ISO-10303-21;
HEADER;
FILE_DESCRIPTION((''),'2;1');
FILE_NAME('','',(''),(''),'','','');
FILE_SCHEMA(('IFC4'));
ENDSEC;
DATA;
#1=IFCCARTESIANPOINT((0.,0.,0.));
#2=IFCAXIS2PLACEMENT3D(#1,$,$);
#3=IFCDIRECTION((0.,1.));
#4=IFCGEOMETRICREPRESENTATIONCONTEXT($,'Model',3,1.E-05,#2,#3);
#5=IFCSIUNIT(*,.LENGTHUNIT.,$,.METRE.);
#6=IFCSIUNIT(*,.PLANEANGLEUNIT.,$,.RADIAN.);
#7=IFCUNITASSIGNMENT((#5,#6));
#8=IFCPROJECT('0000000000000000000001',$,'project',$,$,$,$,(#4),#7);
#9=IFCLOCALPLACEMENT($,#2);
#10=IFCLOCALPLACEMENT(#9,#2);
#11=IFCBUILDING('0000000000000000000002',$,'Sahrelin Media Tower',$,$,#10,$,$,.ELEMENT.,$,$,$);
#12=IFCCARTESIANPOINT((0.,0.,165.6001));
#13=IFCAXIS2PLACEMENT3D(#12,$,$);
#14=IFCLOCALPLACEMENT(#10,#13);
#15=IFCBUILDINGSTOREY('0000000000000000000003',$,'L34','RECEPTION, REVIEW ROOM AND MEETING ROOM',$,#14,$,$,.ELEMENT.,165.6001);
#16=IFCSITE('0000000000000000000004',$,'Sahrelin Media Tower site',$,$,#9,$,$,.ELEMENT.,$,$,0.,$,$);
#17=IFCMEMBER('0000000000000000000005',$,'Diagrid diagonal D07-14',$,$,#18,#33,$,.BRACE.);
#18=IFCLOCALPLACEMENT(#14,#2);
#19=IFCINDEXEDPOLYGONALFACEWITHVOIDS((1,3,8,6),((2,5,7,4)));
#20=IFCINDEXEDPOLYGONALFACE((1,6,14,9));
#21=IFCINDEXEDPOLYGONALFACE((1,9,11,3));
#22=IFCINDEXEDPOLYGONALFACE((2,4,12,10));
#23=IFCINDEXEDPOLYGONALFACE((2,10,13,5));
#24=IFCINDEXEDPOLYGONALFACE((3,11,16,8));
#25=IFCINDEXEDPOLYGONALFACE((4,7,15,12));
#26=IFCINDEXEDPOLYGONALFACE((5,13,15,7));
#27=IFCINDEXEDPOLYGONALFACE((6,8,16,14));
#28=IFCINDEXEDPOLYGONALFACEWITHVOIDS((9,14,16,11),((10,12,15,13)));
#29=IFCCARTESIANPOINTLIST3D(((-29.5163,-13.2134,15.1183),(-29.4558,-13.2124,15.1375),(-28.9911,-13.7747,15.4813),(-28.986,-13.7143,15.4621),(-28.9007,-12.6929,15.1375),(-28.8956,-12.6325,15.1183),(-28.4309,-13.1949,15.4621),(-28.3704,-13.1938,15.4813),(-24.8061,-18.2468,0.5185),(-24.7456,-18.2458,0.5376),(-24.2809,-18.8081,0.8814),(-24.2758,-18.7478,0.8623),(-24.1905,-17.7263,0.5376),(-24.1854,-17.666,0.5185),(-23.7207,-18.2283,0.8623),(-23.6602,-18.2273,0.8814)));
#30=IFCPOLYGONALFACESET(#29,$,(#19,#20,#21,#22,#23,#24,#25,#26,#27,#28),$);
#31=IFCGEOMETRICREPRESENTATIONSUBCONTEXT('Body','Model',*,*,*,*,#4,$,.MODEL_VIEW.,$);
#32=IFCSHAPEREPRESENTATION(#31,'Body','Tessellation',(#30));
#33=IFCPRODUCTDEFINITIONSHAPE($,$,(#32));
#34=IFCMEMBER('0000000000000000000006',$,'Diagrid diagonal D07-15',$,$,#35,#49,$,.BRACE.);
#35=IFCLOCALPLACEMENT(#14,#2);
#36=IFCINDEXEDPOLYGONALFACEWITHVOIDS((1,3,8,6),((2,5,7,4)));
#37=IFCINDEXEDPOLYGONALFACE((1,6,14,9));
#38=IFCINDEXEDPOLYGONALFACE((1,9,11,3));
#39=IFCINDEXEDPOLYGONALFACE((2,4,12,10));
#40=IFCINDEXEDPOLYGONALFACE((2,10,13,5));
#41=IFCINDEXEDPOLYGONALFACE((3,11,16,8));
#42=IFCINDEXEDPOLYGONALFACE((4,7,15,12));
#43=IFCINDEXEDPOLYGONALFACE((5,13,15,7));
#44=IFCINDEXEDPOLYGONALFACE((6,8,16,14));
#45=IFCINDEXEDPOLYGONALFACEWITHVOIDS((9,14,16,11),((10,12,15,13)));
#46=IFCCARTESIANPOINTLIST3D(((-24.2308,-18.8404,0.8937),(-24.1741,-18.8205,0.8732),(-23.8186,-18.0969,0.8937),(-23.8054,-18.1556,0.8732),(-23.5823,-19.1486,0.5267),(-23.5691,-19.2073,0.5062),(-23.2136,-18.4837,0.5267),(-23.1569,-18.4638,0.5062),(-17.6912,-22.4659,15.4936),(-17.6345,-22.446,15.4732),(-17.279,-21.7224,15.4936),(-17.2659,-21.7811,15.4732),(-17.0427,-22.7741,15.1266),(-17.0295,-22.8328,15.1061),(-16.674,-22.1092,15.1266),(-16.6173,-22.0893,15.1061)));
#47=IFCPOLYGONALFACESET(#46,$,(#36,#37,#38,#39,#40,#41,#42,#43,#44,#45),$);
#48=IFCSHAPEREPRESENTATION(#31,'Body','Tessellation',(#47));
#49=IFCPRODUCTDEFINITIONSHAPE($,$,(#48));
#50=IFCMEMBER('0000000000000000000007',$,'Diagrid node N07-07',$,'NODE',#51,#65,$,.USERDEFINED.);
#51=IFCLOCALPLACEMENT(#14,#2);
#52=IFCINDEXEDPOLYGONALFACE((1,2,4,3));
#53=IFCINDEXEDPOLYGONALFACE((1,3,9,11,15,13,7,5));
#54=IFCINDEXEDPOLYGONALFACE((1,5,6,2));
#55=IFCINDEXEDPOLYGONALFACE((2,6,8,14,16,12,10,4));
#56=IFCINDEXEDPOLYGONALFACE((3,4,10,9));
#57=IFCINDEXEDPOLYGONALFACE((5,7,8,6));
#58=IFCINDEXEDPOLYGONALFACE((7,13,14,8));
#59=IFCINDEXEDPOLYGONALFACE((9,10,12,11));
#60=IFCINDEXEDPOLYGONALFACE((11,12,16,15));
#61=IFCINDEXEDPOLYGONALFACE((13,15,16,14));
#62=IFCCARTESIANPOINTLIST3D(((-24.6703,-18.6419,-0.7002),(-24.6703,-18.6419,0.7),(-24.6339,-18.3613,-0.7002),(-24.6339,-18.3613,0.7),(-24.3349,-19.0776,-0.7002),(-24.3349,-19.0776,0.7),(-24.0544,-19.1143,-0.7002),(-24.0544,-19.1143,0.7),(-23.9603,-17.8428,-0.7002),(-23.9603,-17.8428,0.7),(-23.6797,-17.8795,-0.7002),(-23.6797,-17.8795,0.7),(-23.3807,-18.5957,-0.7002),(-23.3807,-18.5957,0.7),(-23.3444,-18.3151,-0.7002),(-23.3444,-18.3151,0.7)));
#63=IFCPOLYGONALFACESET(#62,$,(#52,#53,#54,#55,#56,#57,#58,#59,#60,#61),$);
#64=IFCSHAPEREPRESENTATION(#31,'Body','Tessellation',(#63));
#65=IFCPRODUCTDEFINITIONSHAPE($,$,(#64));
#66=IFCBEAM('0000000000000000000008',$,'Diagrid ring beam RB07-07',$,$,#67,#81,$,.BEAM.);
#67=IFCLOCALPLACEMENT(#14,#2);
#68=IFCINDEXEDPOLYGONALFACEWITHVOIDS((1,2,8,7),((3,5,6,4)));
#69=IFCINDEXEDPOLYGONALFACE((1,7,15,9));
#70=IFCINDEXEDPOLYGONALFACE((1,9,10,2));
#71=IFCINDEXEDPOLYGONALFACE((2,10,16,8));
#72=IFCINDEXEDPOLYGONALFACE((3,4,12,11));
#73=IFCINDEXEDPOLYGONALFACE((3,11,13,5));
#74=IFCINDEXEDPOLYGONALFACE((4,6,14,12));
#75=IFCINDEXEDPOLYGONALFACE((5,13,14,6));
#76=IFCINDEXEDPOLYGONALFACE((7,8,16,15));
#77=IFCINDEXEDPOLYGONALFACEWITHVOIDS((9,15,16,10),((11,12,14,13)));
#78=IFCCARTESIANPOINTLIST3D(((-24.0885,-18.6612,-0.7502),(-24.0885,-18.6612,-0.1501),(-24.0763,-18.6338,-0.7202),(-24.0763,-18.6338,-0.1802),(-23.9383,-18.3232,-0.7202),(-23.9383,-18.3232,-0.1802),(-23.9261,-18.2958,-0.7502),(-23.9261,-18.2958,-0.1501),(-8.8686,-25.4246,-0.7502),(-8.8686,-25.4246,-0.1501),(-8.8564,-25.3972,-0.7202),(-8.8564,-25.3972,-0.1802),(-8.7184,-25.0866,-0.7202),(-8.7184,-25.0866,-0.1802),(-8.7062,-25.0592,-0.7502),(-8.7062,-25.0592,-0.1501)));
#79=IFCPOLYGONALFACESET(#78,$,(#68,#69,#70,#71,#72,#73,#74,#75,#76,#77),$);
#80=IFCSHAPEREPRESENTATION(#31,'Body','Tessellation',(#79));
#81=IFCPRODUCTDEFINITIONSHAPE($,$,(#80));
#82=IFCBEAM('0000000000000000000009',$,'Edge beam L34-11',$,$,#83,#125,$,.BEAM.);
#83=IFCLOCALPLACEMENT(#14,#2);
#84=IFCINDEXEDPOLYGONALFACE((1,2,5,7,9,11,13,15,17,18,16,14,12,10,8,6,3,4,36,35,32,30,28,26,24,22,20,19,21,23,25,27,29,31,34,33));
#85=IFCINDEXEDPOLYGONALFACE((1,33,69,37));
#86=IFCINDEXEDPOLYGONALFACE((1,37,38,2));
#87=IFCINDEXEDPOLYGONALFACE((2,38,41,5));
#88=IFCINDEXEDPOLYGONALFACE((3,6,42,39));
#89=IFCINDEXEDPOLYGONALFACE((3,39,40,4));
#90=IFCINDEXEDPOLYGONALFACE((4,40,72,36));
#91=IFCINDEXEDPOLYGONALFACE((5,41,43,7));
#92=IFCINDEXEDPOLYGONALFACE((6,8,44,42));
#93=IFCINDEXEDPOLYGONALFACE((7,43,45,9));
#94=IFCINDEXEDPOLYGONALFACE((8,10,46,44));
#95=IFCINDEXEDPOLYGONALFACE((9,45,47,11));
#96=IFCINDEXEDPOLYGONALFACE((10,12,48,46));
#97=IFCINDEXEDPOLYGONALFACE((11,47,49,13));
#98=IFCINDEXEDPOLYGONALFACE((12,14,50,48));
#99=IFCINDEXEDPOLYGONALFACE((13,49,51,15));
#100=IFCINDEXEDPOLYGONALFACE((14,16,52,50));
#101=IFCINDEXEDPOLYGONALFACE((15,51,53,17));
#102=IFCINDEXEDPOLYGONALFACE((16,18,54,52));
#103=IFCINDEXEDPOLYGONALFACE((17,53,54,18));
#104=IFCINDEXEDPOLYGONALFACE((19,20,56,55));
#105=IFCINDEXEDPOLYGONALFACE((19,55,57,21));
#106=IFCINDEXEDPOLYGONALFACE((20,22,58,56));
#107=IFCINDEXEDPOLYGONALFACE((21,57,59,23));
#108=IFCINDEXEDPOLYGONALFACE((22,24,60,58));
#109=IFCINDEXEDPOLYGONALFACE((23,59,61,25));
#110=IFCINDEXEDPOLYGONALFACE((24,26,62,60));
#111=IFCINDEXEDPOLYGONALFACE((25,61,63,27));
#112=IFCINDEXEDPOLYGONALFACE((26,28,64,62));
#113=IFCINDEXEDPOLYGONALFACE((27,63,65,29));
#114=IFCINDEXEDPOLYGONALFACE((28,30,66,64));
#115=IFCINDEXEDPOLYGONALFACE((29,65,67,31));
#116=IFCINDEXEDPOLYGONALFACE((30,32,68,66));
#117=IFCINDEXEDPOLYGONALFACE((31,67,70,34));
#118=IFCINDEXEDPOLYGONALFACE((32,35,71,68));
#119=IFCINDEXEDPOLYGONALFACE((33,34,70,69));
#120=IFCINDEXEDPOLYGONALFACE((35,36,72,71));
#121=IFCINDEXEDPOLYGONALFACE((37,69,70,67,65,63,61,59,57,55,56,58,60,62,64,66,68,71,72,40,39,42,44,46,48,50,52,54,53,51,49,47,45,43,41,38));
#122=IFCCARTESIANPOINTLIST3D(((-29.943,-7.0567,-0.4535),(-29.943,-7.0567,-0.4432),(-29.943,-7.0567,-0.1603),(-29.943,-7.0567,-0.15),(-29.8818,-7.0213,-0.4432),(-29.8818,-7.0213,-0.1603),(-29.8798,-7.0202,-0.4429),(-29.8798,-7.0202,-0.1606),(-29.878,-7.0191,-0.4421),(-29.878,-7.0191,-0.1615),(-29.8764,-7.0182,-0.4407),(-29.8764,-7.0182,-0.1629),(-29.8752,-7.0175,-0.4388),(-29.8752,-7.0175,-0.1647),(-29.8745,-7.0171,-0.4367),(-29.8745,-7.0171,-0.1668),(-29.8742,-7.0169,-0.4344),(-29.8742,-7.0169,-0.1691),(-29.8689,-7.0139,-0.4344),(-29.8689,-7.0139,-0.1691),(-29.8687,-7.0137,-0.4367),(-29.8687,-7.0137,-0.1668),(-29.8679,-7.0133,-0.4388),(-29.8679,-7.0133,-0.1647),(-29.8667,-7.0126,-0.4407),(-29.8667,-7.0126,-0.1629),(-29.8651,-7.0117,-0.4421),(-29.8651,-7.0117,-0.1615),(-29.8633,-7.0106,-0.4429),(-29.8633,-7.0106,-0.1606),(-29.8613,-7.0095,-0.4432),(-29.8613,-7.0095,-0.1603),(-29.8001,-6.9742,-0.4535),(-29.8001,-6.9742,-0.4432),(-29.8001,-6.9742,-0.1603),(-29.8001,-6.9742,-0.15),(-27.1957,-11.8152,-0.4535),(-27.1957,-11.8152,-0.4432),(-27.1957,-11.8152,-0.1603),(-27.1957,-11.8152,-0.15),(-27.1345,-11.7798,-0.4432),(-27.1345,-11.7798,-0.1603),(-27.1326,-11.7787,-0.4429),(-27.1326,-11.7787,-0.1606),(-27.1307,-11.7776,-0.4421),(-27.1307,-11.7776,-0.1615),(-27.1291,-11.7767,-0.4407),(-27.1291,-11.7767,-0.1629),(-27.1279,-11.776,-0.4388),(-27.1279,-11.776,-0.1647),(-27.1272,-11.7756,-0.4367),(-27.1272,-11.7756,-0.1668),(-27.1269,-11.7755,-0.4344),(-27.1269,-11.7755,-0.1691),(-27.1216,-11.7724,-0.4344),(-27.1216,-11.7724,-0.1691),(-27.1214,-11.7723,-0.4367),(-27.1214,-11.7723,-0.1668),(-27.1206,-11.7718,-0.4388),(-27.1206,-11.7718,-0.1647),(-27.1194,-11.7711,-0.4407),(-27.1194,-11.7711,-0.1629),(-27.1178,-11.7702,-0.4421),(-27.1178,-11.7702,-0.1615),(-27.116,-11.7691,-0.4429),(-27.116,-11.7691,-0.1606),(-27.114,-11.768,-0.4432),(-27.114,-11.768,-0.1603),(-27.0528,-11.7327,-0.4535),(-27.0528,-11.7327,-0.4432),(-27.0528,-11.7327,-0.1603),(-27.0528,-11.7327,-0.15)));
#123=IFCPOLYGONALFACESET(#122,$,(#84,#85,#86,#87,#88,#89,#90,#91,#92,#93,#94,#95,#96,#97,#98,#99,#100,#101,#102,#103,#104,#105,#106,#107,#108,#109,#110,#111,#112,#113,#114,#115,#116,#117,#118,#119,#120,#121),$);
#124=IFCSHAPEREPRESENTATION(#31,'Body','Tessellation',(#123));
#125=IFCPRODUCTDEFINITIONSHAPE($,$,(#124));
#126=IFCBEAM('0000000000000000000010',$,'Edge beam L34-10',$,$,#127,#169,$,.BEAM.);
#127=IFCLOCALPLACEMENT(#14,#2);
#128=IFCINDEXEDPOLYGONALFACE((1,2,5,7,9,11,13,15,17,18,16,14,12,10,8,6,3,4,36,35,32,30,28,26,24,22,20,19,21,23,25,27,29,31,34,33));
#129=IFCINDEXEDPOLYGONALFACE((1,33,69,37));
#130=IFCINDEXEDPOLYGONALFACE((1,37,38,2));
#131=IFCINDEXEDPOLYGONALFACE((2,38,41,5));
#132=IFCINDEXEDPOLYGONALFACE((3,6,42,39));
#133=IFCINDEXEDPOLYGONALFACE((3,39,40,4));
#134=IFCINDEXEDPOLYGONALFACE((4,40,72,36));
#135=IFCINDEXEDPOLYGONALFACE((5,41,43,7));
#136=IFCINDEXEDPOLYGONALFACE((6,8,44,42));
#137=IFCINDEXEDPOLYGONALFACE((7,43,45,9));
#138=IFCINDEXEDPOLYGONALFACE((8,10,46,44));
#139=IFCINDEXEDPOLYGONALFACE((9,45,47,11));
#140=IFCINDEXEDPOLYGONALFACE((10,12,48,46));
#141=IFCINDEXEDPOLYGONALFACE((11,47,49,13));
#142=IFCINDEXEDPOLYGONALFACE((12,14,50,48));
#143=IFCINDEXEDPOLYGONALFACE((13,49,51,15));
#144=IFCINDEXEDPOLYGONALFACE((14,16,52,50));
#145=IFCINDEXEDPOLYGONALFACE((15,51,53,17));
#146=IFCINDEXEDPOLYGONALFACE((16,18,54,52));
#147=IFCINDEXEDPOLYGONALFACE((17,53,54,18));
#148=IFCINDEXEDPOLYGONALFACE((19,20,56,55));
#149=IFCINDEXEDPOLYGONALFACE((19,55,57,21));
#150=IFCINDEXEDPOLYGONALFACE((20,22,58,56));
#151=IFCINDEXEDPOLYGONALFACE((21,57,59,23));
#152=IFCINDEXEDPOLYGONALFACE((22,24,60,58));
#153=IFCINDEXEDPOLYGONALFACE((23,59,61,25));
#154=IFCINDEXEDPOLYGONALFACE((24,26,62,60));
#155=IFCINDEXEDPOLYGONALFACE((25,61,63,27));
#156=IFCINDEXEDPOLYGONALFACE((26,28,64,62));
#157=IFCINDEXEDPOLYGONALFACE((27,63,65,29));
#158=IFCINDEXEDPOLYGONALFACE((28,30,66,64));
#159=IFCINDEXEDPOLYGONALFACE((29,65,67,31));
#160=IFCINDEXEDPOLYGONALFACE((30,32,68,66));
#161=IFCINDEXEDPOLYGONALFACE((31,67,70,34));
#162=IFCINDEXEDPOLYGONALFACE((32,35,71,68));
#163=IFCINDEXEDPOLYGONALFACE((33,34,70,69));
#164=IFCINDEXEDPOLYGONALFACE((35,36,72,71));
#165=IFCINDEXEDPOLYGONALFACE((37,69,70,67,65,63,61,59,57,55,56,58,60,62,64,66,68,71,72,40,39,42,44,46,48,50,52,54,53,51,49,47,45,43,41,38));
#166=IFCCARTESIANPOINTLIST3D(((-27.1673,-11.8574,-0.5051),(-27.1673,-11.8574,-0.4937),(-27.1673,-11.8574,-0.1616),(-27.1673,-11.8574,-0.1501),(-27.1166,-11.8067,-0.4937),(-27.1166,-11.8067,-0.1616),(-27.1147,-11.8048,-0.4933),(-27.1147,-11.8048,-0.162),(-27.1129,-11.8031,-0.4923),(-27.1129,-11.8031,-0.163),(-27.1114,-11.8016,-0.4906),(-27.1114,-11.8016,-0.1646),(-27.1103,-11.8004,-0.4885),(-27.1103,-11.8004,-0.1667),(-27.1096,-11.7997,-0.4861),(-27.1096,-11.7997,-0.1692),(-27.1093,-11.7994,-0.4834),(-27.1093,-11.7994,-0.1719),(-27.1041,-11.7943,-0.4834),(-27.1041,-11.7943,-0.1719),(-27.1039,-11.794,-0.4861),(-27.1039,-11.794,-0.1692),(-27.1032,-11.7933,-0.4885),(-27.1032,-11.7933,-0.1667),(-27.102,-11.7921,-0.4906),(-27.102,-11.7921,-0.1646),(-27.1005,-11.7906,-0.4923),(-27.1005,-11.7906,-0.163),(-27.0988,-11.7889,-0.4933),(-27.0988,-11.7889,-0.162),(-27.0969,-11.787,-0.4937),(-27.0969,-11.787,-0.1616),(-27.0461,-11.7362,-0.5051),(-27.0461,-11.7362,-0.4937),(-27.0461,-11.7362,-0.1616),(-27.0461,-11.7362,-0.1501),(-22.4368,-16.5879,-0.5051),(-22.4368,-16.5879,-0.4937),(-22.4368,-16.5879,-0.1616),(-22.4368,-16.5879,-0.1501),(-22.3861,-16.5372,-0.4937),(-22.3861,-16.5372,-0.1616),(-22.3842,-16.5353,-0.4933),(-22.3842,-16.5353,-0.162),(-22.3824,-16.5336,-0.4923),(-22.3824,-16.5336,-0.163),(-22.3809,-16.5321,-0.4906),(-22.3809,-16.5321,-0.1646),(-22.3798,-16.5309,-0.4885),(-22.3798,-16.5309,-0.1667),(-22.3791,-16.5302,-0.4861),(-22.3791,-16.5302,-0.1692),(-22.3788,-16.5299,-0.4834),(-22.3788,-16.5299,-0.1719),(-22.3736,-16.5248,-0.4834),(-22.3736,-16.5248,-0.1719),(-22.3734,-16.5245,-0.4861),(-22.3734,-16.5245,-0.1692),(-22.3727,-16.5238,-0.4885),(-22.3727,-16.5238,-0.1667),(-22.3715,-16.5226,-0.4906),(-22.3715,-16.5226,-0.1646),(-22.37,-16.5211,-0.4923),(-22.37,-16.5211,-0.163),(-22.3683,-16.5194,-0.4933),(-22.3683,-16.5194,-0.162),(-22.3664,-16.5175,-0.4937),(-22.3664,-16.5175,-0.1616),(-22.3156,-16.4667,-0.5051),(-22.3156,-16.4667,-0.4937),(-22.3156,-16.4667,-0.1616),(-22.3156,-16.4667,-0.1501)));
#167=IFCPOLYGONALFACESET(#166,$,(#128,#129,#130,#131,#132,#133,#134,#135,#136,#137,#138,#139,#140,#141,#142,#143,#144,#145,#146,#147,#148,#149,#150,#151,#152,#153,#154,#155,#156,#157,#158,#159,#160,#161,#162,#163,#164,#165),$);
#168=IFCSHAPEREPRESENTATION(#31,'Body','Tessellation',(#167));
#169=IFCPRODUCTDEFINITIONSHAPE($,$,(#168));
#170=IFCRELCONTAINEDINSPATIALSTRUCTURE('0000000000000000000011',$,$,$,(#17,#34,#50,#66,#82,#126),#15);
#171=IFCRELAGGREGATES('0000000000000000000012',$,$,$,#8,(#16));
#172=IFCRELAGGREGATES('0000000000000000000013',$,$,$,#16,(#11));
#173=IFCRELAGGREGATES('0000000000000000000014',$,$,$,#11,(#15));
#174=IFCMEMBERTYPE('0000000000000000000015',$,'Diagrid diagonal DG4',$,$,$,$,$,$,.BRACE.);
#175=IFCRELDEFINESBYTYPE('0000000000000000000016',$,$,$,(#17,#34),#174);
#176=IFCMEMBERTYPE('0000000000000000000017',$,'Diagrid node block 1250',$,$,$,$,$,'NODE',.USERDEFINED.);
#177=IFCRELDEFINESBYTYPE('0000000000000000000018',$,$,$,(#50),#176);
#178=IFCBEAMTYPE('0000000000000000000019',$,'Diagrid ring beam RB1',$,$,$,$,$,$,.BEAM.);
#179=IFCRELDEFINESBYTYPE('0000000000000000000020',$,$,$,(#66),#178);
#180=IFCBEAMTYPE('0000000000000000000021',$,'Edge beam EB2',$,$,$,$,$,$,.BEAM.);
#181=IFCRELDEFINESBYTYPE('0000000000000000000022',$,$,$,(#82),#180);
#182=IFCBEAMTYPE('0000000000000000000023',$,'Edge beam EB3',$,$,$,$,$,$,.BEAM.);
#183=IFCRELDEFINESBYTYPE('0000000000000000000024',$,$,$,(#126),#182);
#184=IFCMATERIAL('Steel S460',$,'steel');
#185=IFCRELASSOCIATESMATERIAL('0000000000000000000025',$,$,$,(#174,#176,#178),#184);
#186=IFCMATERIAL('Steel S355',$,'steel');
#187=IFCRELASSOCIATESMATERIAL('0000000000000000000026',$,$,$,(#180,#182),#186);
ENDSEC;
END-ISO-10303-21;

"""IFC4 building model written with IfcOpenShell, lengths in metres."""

from ifc_helpers import new_model, si_unit, direction, frame, origin, origin_2d, place, context, subcontext, project, spatial, polyline, hollow_rectangle, i_section, outline, extrude, material, material_profile, profile_set, type_object, element, save


model = new_model("IFC4")

# Units and contexts
model_context = context("Model", 3, precision=1e-05, world=origin(), true_north=direction((0.0, 1.0)))
body_context = subcontext(model_context, "Body", "Model", "MODEL_VIEW")
ifc_project = project(units=[si_unit("LENGTHUNIT", "METRE"), si_unit("PLANEANGLEUNIT", "RADIAN")], contexts=[model_context])

# Site, building, storey
site_placement = place(None, origin())
site = spatial("IfcSite", under=ifc_project, at=site_placement, Name="Sahrelin Media Tower site", CompositionType="ELEMENT", RefElevation=0.0)
building_placement = place(site_placement, origin())
building = spatial("IfcBuilding", under=site, at=building_placement, Name="Sahrelin Media Tower", CompositionType="ELEMENT")
storey_placement = place(building_placement, frame((0.0, 0.0, 165.6001)))
storey = spatial("IfcBuildingStorey", under=building, at=storey_placement, Name="L34", Description="RECEPTION, REVIEW ROOM AND MEETING ROOM", CompositionType="ELEMENT", Elevation=165.6001)

# Members
ifc_material_1 = material(Name="Steel S460", Category="steel")
ifc_material_profile_1 = material_profile(ifc_material_1, hollow_rectangle(XDim=0.8501, YDim=0.8501, WallThickness=0.0449, at=origin_2d()), Name="Diagrid diagonal DG4")
ifc_profile_set_1 = profile_set([ifc_material_profile_1], Name="Steel S460")
member_type_1 = type_object("IfcMemberType", Name="Diagrid diagonal DG4", PredefinedType="BRACE", material=ifc_profile_set_1)
member_1_placement = place(storey_placement, frame((-24.2332, -18.2371, 0.7), z_axis=(-0.291735, 0.311755, 0.904267), x_axis=(-0.730163, -0.683273, 0.0)))
element("IfcMember", 1, at=member_1_placement, inside=storey, type_object=member_type_1, Name="Diagrid diagonal D07-14", PredefinedType="BRACE", context=body_context, shape_type="SweptSolid", body=[
    extrude(hollow_rectangle(XDim=0.8501, YDim=0.8501, WallThickness=0.0449, at=origin_2d()), origin(), (0.0, 0.0, 1.0), 16.1455),
])
member_2_placement = place(storey_placement, frame((-23.6938, -18.6521, 0.7), z_axis=(0.398675, -0.221023, 0.89006), x_axis=(0.484867, 0.874588, 0.0)))
element("IfcMember", 2, at=member_2_placement, inside=storey, type_object=member_type_1, Name="Diagrid diagonal D07-15", PredefinedType="BRACE", context=body_context, shape_type="SweptSolid", body=[
    extrude(hollow_rectangle(XDim=0.8501, YDim=0.8501, WallThickness=0.0449, at=origin_2d()), origin(), (0.0, 0.0, 1.0), 16.4033),
])
ifc_material_profile_2 = material_profile(ifc_material_1, outline(polyline([(0.425, -0.4751), (0.625, -0.2749), (0.625, 0.2749), (0.425, 0.4751), (-0.425, 0.4751), (-0.625, 0.2749), (-0.625, -0.2749), (-0.425, -0.4751), (0.425, -0.4751)])), Name="Diagrid node block 1250")
ifc_profile_set_2 = profile_set([ifc_material_profile_2], Name="Steel S460")
member_type_2 = type_object("IfcMemberType", Name="Diagrid node block 1250", ElementType="NODE", PredefinedType="USERDEFINED", material=ifc_profile_set_2)
member_3_placement = place(storey_placement, frame((-24.0073, -18.4785, -0.7002), z_axis=(0.0, 0.0, 1.0), x_axis=(-0.792446, -0.609942, 0.0)))
element("IfcMember", 3, at=member_3_placement, inside=storey, type_object=member_type_2, Name="Diagrid node N07-07", ObjectType="NODE", PredefinedType="USERDEFINED", context=body_context, shape_type="SweptSolid", body=[
    extrude(outline(polyline([(0.425, -0.4751), (0.625, -0.2749), (0.625, 0.2749), (0.425, 0.4751), (-0.425, 0.4751), (-0.625, 0.2749), (-0.625, -0.2749), (-0.425, -0.4751), (0.425, -0.4751)])), origin(), (0.0, 0.0, 1.0), 1.4001),
])

# Beams
ifc_material_profile_3 = material_profile(ifc_material_1, hollow_rectangle(XDim=0.3999, YDim=0.6001, WallThickness=0.03, at=origin_2d()), Name="Diagrid ring beam RB1")
ifc_profile_set_3 = profile_set([ifc_material_profile_3], Name="Steel S460")
beam_type_1 = type_object("IfcBeamType", Name="Diagrid ring beam RB1", PredefinedType="BEAM", material=ifc_profile_set_3)
beam_1_placement = place(storey_placement, frame((-24.0073, -18.4785, -0.4502), z_axis=(0.913834, -0.406088, 0.0), x_axis=(0.406088, 0.913834, 0.0)))
element("IfcBeam", 4, at=beam_1_placement, inside=storey, type_object=beam_type_1, Name="Diagrid ring beam RB07-07", PredefinedType="BEAM", context=body_context, shape_type="SweptSolid", body=[
    extrude(hollow_rectangle(XDim=0.3999, YDim=0.6001, WallThickness=0.03, at=origin_2d()), origin(), (0.0, 0.0, 1.0), 16.655),
])
ifc_material_2 = material(Name="Steel S355", Category="steel")
ifc_material_profile_4 = material_profile(ifc_material_2, i_section(OverallWidth=0.165, OverallDepth=0.3035, WebThickness=0.0061, FlangeThickness=0.0103, FilletRadius=0.0088, at=origin_2d()), Name="UB 305x165x40")
ifc_profile_set_4 = profile_set([ifc_material_profile_4], Name="Steel S355")
beam_type_2 = type_object("IfcBeamType", Name="Edge beam EB2", PredefinedType="BEAM", material=ifc_profile_set_4)
beam_2_placement = place(storey_placement, frame((-27.1243, -11.7739, -0.3018), z_axis=(-0.499996, 0.866028, 0.0), x_axis=(-0.866028, -0.499996, 0.0)))
element("IfcBeam", 5, at=beam_2_placement, inside=storey, type_object=beam_type_2, Name="Edge beam L34-11", PredefinedType="BEAM", context=body_context, shape_type="SweptSolid", body=[
    extrude(i_section(OverallWidth=0.165, OverallDepth=0.3035, WebThickness=0.0061, FlangeThickness=0.0103, FilletRadius=0.0088, at=origin_2d()), origin(), (0.0, 0.0, 1.0), 5.4946),
])
ifc_material_profile_5 = material_profile(ifc_material_2, i_section(OverallWidth=0.1714, OverallDepth=0.355, WebThickness=0.0073, FlangeThickness=0.0115, FilletRadius=0.0103, at=origin_2d()), Name="UB 356x171x51")
ifc_profile_set_5 = profile_set([ifc_material_profile_5], Name="Steel S355")
beam_type_3 = type_object("IfcBeamType", Name="Edge beam EB3", PredefinedType="BEAM", material=ifc_profile_set_5)
beam_3_placement = place(storey_placement, frame((-22.3762, -16.5273, -0.3276), z_axis=(-0.707107, 0.707107, 0.0), x_axis=(-0.707107, -0.707107, 0.0)))
element("IfcBeam", 6, at=beam_3_placement, inside=storey, type_object=beam_type_3, Name="Edge beam L34-10", PredefinedType="BEAM", context=body_context, shape_type="SweptSolid", body=[
    extrude(i_section(OverallWidth=0.1714, OverallDepth=0.355, WebThickness=0.0073, FlangeThickness=0.0115, FilletRadius=0.0103, at=origin_2d()), origin(), (0.0, 0.0, 1.0), 6.6899),
])

save(model, "model.ifc")
